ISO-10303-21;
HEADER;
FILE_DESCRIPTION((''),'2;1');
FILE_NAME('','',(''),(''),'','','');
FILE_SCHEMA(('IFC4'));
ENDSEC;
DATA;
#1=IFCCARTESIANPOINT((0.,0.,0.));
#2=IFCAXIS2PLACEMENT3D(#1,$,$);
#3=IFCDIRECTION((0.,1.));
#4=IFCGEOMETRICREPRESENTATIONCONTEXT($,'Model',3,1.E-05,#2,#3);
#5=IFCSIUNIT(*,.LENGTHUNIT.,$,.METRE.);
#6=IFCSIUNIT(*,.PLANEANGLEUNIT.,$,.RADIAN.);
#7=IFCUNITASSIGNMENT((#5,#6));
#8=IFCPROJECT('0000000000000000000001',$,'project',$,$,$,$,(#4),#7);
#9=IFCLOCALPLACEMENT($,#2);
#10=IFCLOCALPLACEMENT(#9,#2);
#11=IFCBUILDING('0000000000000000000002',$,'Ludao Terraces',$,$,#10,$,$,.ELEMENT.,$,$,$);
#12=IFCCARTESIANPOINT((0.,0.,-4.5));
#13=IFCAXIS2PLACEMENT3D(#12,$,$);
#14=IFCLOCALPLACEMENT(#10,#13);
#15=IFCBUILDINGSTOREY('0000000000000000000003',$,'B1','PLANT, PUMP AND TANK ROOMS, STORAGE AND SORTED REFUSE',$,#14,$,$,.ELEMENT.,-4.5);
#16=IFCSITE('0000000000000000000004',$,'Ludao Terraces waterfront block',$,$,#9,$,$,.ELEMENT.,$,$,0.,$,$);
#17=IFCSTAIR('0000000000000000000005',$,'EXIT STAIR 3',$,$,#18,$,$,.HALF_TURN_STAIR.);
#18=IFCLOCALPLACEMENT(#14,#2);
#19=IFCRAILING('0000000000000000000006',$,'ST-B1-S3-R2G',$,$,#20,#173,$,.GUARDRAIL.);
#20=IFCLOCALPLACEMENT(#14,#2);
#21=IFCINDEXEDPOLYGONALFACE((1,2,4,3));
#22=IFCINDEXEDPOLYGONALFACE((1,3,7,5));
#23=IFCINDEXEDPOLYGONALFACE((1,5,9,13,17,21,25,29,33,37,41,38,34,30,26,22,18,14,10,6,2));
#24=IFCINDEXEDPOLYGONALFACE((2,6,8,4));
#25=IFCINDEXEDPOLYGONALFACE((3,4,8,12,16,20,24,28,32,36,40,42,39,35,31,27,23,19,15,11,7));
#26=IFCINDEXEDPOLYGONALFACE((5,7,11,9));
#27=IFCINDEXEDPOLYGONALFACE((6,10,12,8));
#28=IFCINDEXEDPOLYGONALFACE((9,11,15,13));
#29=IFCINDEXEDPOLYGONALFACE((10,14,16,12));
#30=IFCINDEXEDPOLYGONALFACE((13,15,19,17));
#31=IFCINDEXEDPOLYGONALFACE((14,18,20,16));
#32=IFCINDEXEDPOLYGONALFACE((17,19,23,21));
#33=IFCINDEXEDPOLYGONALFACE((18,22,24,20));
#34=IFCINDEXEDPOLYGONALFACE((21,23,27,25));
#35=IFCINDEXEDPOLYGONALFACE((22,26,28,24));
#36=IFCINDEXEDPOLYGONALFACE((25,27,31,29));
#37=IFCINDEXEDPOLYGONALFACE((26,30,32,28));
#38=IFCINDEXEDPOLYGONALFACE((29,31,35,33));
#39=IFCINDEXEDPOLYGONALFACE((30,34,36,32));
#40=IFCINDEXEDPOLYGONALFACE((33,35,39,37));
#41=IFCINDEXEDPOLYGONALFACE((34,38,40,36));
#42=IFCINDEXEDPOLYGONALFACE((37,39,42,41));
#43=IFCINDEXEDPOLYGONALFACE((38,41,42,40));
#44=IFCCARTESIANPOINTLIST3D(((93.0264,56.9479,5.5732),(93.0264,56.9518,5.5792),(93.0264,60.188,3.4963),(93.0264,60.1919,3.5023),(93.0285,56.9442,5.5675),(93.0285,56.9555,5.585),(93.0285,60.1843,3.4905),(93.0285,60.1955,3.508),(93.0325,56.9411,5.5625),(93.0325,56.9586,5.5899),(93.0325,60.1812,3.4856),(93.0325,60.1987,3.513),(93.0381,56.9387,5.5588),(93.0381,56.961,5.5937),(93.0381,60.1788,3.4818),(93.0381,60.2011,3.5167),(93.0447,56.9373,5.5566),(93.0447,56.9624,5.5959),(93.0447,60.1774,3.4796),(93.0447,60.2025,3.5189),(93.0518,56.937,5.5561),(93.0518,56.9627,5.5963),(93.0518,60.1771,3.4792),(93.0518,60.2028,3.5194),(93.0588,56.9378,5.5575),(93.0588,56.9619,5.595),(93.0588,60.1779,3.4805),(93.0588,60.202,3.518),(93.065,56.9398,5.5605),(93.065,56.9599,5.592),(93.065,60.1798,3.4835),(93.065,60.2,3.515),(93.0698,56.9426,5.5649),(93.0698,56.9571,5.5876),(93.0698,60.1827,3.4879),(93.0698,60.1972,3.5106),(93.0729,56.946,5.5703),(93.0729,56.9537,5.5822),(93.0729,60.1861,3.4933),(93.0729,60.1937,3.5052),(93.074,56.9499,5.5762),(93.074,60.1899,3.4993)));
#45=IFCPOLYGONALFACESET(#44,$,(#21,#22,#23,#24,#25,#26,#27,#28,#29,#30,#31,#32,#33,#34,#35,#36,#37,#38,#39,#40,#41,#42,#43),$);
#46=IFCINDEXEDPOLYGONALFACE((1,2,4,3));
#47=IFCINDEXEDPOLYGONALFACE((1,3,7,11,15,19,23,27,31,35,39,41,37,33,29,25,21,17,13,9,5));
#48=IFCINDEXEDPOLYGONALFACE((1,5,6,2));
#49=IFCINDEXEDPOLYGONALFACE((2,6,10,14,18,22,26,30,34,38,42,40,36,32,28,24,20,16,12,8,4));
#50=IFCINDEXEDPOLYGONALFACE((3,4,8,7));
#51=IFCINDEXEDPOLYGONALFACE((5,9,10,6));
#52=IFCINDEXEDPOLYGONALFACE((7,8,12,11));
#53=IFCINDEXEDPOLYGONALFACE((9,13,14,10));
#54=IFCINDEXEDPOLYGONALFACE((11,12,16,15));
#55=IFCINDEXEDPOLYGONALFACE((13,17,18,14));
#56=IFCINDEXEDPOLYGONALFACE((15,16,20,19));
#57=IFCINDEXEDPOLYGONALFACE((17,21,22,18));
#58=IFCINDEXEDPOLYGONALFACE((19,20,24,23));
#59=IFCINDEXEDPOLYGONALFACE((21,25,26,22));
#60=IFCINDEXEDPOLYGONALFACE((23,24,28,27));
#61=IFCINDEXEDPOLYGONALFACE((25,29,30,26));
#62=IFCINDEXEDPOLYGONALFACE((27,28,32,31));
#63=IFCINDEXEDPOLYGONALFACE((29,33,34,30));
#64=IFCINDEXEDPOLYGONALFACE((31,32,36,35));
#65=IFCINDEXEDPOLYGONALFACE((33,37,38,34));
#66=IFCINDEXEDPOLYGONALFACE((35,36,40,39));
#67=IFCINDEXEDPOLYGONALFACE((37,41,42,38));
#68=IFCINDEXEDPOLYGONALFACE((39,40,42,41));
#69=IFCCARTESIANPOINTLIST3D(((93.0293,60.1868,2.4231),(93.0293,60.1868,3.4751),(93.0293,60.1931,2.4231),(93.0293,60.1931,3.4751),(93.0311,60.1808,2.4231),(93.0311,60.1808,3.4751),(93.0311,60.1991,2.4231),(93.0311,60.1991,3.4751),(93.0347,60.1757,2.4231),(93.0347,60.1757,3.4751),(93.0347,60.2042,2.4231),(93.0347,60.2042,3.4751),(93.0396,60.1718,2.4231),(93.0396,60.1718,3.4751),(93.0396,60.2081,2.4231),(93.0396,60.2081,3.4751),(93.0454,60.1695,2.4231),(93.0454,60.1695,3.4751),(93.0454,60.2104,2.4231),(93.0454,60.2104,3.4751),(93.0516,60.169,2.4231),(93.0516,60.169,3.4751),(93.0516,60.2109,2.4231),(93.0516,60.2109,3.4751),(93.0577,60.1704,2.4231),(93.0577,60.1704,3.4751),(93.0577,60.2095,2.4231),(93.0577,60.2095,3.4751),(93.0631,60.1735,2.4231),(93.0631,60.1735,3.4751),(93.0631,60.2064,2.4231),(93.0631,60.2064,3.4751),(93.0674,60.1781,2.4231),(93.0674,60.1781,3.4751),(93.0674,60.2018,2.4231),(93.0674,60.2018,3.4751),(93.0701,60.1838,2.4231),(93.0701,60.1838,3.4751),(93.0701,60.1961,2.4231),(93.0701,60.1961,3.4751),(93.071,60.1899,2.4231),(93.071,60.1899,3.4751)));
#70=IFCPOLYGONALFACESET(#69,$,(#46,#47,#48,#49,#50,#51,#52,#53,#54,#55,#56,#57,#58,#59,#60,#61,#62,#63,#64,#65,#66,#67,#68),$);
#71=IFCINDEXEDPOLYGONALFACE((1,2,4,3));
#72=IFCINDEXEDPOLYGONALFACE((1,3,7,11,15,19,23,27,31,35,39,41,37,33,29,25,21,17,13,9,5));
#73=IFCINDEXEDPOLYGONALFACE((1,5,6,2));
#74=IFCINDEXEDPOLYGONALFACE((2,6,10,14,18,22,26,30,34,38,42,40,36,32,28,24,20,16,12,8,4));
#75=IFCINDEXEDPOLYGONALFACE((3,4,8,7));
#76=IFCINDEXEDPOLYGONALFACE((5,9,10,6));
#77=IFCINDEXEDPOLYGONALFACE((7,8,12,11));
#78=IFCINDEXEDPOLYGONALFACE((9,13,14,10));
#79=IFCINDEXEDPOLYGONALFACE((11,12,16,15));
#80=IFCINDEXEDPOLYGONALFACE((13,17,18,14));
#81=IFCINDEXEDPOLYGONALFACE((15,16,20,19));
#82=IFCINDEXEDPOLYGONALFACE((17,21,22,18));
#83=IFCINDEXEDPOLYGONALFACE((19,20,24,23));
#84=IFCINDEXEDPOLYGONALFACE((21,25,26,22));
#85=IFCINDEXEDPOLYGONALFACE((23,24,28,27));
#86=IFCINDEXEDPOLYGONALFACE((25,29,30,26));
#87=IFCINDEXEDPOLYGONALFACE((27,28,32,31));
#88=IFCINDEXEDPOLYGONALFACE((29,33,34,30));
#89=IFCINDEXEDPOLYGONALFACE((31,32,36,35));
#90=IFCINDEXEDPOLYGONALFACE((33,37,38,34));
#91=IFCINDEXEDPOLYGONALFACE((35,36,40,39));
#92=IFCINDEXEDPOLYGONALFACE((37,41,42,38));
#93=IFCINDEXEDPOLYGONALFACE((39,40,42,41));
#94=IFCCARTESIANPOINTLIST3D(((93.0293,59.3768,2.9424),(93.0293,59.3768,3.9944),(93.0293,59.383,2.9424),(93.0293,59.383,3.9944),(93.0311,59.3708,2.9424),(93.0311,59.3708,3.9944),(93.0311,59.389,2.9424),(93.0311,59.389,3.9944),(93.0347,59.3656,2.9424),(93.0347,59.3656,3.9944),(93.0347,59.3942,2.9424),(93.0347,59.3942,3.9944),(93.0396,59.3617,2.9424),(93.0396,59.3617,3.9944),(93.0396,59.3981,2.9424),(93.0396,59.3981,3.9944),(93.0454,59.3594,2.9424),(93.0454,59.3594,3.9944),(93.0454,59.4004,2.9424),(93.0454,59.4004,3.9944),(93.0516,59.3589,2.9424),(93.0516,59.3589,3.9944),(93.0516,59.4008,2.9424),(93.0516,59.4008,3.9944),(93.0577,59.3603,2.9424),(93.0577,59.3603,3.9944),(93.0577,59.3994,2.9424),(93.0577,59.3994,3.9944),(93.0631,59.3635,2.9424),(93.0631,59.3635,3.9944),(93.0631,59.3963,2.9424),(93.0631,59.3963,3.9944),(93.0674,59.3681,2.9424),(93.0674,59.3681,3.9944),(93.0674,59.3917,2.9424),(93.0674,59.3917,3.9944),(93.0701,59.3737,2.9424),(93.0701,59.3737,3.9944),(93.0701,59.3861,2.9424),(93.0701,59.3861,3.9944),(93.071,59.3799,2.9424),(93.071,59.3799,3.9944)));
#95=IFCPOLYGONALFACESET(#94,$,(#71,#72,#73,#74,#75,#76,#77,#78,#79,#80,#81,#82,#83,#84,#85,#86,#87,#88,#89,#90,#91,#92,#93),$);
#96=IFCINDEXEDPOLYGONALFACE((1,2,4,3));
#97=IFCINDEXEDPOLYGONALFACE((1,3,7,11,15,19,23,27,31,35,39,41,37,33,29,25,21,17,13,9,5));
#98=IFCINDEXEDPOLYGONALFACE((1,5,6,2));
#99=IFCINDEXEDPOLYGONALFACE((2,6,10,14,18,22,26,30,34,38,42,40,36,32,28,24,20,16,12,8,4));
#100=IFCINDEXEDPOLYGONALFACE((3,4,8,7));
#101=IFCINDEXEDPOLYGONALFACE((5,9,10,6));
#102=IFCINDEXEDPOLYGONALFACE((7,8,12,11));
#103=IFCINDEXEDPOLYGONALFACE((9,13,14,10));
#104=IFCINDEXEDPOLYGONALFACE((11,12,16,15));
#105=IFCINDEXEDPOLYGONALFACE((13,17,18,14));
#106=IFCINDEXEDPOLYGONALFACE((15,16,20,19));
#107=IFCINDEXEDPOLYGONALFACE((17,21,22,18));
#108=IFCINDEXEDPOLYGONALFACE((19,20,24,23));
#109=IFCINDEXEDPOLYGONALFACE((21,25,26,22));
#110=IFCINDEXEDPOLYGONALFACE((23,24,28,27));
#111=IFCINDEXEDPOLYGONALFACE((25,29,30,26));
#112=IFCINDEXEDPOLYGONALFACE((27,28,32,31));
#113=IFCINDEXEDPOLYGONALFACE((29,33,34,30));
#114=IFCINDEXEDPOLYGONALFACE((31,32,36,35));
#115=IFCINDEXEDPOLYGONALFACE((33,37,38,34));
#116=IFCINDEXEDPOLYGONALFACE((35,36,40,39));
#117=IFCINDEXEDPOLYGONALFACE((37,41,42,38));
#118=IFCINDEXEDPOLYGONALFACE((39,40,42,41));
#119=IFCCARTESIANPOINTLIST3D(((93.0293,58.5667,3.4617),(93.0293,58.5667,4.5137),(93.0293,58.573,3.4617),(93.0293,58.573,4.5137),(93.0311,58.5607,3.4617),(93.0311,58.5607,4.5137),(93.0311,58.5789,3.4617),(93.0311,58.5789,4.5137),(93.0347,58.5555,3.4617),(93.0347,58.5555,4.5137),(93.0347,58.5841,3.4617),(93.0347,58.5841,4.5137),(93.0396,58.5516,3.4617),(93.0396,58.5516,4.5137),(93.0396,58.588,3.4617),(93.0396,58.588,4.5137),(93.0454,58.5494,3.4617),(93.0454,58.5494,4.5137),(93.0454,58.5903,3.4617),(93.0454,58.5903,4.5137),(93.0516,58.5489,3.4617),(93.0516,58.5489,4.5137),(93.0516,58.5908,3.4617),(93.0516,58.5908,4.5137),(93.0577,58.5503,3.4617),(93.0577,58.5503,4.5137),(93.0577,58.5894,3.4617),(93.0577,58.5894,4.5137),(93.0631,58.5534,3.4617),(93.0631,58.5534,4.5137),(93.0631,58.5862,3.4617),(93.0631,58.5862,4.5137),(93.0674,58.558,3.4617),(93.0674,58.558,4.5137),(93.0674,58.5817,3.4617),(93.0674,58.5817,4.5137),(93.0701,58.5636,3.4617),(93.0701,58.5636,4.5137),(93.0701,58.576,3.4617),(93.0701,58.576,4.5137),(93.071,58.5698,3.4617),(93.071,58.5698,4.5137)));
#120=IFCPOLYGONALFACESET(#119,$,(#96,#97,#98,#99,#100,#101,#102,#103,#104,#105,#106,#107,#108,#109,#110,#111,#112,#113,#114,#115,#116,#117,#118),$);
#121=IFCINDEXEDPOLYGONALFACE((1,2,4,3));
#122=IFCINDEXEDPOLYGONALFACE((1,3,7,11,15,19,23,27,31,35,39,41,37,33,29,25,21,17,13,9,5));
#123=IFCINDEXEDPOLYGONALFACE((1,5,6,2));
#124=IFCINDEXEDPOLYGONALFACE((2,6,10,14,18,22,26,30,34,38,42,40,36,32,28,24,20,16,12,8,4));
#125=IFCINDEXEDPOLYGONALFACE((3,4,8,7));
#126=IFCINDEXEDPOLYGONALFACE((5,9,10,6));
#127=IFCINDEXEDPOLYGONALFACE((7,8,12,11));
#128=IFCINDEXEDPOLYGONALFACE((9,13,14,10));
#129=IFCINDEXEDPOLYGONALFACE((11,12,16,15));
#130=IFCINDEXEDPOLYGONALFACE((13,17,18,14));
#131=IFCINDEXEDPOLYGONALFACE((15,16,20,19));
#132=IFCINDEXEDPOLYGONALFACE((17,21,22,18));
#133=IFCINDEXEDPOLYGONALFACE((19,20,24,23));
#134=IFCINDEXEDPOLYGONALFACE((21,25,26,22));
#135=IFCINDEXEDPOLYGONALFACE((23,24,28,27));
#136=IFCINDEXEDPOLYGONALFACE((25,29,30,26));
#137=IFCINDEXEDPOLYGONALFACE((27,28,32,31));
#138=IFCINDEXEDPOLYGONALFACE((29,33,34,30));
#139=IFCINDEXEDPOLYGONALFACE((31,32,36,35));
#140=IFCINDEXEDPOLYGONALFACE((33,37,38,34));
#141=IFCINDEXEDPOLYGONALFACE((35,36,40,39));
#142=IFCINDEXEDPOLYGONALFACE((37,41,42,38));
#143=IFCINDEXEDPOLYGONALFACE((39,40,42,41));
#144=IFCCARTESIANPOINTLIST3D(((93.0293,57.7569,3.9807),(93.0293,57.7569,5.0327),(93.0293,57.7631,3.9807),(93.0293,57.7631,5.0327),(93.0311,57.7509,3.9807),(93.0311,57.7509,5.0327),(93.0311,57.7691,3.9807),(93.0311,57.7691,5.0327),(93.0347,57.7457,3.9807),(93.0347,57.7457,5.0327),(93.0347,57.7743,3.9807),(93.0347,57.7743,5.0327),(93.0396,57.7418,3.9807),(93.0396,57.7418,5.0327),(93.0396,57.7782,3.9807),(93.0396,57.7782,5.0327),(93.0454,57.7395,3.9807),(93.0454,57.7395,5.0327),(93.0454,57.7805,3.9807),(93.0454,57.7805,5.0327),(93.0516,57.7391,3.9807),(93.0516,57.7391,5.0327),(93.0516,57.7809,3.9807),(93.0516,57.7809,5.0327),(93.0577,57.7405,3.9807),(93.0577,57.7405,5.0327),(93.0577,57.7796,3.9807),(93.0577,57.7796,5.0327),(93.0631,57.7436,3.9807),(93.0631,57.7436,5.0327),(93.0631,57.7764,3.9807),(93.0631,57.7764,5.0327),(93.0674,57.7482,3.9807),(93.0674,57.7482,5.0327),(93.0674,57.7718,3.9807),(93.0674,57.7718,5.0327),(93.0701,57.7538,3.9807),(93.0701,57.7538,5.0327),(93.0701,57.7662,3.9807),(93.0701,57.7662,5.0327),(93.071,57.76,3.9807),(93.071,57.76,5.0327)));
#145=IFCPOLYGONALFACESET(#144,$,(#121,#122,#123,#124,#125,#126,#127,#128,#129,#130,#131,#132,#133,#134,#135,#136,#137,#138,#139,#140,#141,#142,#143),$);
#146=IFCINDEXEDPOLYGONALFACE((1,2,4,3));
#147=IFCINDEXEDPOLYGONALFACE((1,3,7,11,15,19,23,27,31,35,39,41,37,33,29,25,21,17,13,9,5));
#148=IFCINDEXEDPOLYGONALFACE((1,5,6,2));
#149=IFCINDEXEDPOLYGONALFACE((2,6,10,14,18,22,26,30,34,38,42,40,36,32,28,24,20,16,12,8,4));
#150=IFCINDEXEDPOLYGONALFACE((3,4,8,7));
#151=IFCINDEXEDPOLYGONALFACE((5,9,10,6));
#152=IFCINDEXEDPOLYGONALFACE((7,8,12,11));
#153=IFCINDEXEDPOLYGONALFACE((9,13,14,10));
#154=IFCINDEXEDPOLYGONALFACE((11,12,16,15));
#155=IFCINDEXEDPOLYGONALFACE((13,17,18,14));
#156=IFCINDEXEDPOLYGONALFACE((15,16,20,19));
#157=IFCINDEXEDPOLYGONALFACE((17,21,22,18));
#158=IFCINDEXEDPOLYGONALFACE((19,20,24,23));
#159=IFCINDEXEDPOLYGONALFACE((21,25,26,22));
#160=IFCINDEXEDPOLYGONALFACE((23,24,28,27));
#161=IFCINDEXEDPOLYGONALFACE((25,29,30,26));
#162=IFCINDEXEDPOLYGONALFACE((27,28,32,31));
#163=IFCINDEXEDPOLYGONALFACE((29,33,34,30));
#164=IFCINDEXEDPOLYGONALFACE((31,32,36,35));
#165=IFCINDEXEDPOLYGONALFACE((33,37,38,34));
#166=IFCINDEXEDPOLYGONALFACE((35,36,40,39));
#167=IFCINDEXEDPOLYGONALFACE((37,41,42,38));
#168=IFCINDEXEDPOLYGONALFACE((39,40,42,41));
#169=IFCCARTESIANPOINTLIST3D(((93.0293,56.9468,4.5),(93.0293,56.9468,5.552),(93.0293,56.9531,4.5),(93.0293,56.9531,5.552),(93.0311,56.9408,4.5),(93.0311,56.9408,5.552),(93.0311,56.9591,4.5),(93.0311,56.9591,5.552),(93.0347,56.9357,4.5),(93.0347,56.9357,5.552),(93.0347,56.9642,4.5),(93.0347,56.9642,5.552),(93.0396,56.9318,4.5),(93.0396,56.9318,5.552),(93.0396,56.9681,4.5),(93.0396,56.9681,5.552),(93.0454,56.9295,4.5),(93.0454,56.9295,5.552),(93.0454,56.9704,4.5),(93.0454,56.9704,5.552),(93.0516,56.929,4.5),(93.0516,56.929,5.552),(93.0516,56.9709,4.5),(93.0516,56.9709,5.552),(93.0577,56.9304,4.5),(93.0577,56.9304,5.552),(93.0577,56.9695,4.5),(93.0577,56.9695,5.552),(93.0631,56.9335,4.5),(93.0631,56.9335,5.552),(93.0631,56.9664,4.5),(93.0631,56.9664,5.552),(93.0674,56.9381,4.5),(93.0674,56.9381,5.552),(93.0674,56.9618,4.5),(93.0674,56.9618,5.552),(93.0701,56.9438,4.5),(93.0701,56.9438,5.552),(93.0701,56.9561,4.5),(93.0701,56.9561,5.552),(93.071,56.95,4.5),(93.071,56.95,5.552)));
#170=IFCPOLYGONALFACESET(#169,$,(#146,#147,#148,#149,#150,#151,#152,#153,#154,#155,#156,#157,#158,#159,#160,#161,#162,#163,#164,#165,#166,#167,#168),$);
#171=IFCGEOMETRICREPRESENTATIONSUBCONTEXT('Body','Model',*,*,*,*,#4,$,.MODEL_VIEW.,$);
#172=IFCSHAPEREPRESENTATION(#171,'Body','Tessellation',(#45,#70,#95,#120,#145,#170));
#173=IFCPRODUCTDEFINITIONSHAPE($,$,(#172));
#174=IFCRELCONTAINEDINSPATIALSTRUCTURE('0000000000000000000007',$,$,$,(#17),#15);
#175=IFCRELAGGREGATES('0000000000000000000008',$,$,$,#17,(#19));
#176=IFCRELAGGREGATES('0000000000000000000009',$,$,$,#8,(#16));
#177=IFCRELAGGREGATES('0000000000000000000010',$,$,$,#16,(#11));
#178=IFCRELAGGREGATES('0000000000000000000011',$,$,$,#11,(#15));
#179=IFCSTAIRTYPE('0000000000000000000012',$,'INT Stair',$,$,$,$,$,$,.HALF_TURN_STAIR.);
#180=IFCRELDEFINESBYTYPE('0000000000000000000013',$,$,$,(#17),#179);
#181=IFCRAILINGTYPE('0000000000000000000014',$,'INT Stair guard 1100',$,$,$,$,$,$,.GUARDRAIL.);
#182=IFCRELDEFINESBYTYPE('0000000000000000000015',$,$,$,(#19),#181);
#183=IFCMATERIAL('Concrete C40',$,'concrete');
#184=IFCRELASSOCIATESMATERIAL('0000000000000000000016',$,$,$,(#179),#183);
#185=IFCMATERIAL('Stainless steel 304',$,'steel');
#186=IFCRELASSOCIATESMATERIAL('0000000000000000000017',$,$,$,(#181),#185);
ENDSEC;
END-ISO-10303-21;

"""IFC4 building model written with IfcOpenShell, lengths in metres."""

from ifc_helpers import new_model, si_unit, direction, frame, origin, origin_2d, place, context, subcontext, project, spatial, circle, extrude, material, type_object, element, aggregate, save


model = new_model("IFC4")

# Units and contexts
model_context = context("Model", 3, precision=1e-05, world=origin(), true_north=direction((0.0, 1.0)))
body_context = subcontext(model_context, "Body", "Model", "MODEL_VIEW")
ifc_project = project(units=[si_unit("LENGTHUNIT", "METRE"), si_unit("PLANEANGLEUNIT", "RADIAN")], contexts=[model_context])

# Site, building, storey
site_placement = place(None, origin())
site = spatial("IfcSite", under=ifc_project, at=site_placement, Name="Ludao Terraces waterfront block", CompositionType="ELEMENT", RefElevation=0.0)
building_placement = place(site_placement, origin())
building = spatial("IfcBuilding", under=site, at=building_placement, Name="Ludao Terraces", CompositionType="ELEMENT")
storey_placement = place(building_placement, frame((0.0, 0.0, -4.5)))
storey = spatial("IfcBuildingStorey", under=building, at=storey_placement, Name="B1", Description="PLANT, PUMP AND TANK ROOMS, STORAGE AND SORTED REFUSE", CompositionType="ELEMENT", Elevation=-4.5)

# Stair, railing
ifc_material_1 = material(Name="Concrete C40", Category="concrete")
stair_type = type_object("IfcStairType", Name="INT Stair", PredefinedType="HALF_TURN_STAIR", material=ifc_material_1)
stair_placement = place(storey_placement, origin())
stair = element("IfcStair", 1, at=stair_placement, inside=storey, type_object=stair_type, Name="EXIT STAIR 3", PredefinedType="HALF_TURN_STAIR")
ifc_material_2 = material(Name="Stainless steel 304", Category="steel")
railing_type_1 = type_object("IfcRailingType", Name="INT Stair guard 1100", PredefinedType="GUARDRAIL", material=ifc_material_2)
railing_1_placement = place(storey_placement, frame((93.05, 60.1899, 2.4231)))
railing_1 = element("IfcRailing", 2, at=railing_1_placement, type_object=railing_type_1, Name="ST-B1-S3-R2G", PredefinedType="GUARDRAIL", context=body_context, shape_type="SweptSolid", body=[
    extrude(circle(Radius=0.0239, at=origin_2d()), frame((0.0, 0.0, 1.0762), z_axis=(0.0, -0.841881, 0.539664), x_axis=(1.0, 0.0, 0.0)), (0.0, 0.0, 1.0), 3.8486),
    extrude(circle(Radius=0.021, at=origin_2d()), origin(), (0.0, 0.0, 1.0), 1.052),
    extrude(circle(Radius=0.021, at=origin_2d()), frame((0.0, -0.8101, 0.5193)), (0.0, 0.0, 1.0), 1.052),
    extrude(circle(Radius=0.021, at=origin_2d()), frame((0.0, -1.6201, 1.0386)), (0.0, 0.0, 1.0), 1.052),
    extrude(circle(Radius=0.021, at=origin_2d()), frame((0.0, -2.4299, 1.5576)), (0.0, 0.0, 1.0), 1.052),
    extrude(circle(Radius=0.021, at=origin_2d()), frame((0.0, -3.24, 2.0769)), (0.0, 0.0, 1.0), 1.052),
])
aggregate(stair, [railing_1])

save(model, "model.ifc")
